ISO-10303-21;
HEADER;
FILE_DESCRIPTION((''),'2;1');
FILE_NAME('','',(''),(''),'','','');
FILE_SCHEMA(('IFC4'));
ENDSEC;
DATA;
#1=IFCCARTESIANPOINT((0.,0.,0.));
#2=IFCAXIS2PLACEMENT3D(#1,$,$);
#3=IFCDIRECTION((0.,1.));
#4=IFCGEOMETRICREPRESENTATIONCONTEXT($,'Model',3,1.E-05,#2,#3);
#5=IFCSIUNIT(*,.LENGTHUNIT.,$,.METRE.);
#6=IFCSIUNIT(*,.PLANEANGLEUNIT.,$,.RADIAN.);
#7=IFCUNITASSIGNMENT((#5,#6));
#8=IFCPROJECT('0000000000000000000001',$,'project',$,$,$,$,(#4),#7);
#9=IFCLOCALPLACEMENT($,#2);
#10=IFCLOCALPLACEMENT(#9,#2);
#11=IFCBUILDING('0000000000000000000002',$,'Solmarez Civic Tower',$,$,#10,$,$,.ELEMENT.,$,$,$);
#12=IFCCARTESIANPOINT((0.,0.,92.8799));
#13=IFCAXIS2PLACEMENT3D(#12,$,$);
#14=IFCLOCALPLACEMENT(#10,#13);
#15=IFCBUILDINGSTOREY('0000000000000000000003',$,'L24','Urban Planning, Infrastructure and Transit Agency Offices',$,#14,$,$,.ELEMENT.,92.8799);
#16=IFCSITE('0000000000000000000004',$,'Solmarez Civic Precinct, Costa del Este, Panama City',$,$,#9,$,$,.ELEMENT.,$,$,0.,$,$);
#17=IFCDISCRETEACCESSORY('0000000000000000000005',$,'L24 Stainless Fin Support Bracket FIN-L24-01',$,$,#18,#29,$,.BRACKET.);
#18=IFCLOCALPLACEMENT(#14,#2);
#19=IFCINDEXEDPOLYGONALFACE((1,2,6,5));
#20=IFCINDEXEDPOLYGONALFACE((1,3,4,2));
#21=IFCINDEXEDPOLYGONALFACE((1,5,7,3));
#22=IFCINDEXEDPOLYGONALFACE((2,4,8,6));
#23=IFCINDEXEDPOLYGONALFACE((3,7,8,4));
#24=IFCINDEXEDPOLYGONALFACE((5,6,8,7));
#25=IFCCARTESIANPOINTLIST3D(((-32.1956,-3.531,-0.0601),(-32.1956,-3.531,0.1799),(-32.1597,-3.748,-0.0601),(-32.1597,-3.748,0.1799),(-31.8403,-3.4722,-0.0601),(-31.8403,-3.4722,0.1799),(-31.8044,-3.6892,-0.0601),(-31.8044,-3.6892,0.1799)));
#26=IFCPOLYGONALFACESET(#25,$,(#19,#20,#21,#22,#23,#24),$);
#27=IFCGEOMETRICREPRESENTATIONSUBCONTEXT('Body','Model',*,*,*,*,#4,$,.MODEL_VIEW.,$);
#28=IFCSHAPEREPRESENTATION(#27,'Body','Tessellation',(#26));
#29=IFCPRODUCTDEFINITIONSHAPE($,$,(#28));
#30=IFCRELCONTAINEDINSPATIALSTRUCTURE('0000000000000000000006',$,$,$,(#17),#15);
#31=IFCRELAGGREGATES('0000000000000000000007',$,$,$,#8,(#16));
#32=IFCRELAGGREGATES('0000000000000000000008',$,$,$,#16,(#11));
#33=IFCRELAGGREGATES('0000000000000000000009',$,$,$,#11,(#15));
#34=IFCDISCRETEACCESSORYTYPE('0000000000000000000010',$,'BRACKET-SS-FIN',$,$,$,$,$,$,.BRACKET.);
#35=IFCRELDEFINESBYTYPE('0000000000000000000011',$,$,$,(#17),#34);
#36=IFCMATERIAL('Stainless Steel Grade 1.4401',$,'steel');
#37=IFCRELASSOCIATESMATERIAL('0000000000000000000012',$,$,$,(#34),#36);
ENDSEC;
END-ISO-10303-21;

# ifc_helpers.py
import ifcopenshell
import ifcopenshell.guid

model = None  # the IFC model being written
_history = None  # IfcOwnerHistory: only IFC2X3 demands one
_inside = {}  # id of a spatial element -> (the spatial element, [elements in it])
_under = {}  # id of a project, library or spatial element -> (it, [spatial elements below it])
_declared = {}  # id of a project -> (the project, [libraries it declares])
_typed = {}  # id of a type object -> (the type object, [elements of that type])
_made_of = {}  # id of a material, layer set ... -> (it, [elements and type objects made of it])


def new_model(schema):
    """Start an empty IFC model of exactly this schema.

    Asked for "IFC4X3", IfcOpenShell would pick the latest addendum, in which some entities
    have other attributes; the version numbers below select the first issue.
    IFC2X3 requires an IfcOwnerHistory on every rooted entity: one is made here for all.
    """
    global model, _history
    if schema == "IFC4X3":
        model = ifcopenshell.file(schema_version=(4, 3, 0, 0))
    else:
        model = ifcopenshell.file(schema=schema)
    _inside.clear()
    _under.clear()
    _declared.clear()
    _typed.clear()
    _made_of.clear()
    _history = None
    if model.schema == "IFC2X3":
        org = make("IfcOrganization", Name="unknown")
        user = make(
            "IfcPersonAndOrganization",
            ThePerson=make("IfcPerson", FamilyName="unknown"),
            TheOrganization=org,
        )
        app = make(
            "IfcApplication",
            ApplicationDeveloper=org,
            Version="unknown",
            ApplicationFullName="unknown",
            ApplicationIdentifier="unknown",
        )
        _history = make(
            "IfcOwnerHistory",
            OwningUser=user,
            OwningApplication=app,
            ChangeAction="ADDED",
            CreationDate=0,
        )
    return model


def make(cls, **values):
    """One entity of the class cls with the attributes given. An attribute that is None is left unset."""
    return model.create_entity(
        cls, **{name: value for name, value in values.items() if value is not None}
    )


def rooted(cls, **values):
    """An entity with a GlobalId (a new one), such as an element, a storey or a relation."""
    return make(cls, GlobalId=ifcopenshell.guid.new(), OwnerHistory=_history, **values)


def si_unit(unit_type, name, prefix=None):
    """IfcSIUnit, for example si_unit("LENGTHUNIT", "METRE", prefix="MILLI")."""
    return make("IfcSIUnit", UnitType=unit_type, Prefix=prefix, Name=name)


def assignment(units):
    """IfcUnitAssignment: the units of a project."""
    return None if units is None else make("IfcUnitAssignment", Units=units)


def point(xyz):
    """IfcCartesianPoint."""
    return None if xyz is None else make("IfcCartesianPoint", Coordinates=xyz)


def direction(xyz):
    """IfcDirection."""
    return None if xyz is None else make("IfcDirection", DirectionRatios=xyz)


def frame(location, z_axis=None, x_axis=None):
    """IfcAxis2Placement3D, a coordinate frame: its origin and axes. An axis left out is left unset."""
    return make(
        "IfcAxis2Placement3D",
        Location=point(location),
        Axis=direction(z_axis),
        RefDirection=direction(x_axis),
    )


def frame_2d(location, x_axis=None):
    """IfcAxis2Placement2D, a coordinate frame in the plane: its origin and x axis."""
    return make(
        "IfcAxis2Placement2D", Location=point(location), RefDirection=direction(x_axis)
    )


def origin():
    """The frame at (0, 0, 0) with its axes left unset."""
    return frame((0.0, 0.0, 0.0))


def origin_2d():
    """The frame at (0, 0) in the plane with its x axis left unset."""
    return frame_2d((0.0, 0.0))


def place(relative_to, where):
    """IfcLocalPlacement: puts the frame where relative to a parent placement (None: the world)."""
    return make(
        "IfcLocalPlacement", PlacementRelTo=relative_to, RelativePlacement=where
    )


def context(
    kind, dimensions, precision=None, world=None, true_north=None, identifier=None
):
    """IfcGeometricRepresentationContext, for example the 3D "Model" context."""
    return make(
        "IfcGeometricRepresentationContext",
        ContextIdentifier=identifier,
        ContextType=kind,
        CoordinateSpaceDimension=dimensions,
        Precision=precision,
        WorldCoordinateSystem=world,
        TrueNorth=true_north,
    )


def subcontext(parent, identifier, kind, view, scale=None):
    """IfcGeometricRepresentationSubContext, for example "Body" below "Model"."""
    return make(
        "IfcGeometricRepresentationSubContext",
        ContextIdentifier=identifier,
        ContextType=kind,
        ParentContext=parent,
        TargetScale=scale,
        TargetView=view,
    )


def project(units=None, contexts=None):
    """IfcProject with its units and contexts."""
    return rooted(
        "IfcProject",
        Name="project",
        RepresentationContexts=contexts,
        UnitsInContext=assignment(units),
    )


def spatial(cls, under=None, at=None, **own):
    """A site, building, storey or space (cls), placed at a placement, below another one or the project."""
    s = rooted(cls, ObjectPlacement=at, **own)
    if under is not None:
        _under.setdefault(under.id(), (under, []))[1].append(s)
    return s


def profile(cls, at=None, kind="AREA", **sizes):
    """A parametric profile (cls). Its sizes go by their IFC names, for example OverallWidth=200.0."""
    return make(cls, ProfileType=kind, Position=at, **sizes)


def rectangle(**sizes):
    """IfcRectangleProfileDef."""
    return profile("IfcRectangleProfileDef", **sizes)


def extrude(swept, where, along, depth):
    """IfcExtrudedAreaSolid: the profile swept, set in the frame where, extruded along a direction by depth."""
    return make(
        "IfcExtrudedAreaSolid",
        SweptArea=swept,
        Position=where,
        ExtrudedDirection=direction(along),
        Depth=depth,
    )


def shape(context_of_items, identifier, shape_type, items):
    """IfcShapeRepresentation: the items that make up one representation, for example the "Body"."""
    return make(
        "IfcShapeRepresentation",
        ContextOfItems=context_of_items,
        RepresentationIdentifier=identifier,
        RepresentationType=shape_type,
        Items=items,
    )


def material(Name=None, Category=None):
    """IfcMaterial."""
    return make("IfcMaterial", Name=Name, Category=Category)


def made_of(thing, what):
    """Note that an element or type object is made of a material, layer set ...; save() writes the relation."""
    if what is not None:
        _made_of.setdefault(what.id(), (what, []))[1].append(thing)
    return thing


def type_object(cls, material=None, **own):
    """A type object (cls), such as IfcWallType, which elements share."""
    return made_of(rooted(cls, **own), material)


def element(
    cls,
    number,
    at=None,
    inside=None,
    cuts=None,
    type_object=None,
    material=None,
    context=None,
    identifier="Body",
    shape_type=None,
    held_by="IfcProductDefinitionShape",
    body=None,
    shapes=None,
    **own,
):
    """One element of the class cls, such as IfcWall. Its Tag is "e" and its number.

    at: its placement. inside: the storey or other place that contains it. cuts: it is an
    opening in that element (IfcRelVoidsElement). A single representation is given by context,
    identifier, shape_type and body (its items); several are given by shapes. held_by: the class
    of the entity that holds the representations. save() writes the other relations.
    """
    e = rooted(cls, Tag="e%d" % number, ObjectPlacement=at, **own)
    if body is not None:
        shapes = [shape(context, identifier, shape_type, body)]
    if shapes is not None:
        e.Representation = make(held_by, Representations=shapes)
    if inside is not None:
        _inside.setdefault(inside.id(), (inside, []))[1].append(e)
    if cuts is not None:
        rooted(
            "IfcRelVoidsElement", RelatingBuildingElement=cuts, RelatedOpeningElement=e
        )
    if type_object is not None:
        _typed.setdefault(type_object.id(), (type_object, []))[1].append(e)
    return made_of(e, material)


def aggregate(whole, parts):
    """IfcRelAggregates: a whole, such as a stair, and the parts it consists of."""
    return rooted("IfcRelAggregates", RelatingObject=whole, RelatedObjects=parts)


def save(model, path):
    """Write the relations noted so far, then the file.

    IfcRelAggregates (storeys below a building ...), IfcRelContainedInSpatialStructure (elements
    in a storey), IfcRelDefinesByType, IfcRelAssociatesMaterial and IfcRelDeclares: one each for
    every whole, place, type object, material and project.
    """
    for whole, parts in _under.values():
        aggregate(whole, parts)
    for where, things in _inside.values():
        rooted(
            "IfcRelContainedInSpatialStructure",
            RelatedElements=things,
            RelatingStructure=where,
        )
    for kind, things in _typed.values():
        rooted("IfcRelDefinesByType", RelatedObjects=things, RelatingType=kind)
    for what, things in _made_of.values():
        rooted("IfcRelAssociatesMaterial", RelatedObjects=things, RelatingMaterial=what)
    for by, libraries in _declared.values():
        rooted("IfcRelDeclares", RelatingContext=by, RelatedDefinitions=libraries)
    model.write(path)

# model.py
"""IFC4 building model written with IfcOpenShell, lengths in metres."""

from ifc_helpers import new_model, si_unit, direction, frame, origin, origin_2d, place, context, subcontext, project, spatial, rectangle, extrude, material, type_object, element, save


model = new_model("IFC4")

# Units and contexts
model_context = context("Model", 3, precision=1e-05, world=origin(), true_north=direction((0.0, 1.0)))
body_context = subcontext(model_context, "Body", "Model", "MODEL_VIEW")
ifc_project = project(units=[si_unit("LENGTHUNIT", "METRE"), si_unit("PLANEANGLEUNIT", "RADIAN")], contexts=[model_context])

# Site, building, storey
site_placement = place(None, origin())
site = spatial("IfcSite", under=ifc_project, at=site_placement, Name="Solmarez Civic Precinct, Costa del Este, Panama City", CompositionType="ELEMENT", RefElevation=0.0)
building_placement = place(site_placement, origin())
building = spatial("IfcBuilding", under=site, at=building_placement, Name="Solmarez Civic Tower", CompositionType="ELEMENT")
storey_placement = place(building_placement, frame((0.0, 0.0, 92.8799)))
storey = spatial("IfcBuildingStorey", under=building, at=storey_placement, Name="L24", Description="Urban Planning, Infrastructure and Transit Agency Offices", CompositionType="ELEMENT", Elevation=92.8799)

# Discrete accessory
ifc_material_1 = material(Name="Stainless Steel Grade 1.4401", Category="steel")
discrete_accessory_type = type_object("IfcDiscreteAccessoryType", Name="BRACKET-SS-FIN", PredefinedType="BRACKET", material=ifc_material_1)
discrete_accessory_placement = place(storey_placement, frame((-32.0, -3.6101, -0.0601), z_axis=(0.0, 0.0, 1.0), x_axis=(-0.98657, -0.16334, 0.0)))
element("IfcDiscreteAccessory", 1, at=discrete_accessory_placement, inside=storey, type_object=discrete_accessory_type, Name="L24 Stainless Fin Support Bracket FIN-L24-01", PredefinedType="BRACKET", context=body_context, shape_type="SweptSolid", body=[
    extrude(rectangle(XDim=0.3601, YDim=0.22, at=origin_2d()), origin(), (0.0, 0.0, 1.0), 0.24),
])

save(model, "model.ifc")
